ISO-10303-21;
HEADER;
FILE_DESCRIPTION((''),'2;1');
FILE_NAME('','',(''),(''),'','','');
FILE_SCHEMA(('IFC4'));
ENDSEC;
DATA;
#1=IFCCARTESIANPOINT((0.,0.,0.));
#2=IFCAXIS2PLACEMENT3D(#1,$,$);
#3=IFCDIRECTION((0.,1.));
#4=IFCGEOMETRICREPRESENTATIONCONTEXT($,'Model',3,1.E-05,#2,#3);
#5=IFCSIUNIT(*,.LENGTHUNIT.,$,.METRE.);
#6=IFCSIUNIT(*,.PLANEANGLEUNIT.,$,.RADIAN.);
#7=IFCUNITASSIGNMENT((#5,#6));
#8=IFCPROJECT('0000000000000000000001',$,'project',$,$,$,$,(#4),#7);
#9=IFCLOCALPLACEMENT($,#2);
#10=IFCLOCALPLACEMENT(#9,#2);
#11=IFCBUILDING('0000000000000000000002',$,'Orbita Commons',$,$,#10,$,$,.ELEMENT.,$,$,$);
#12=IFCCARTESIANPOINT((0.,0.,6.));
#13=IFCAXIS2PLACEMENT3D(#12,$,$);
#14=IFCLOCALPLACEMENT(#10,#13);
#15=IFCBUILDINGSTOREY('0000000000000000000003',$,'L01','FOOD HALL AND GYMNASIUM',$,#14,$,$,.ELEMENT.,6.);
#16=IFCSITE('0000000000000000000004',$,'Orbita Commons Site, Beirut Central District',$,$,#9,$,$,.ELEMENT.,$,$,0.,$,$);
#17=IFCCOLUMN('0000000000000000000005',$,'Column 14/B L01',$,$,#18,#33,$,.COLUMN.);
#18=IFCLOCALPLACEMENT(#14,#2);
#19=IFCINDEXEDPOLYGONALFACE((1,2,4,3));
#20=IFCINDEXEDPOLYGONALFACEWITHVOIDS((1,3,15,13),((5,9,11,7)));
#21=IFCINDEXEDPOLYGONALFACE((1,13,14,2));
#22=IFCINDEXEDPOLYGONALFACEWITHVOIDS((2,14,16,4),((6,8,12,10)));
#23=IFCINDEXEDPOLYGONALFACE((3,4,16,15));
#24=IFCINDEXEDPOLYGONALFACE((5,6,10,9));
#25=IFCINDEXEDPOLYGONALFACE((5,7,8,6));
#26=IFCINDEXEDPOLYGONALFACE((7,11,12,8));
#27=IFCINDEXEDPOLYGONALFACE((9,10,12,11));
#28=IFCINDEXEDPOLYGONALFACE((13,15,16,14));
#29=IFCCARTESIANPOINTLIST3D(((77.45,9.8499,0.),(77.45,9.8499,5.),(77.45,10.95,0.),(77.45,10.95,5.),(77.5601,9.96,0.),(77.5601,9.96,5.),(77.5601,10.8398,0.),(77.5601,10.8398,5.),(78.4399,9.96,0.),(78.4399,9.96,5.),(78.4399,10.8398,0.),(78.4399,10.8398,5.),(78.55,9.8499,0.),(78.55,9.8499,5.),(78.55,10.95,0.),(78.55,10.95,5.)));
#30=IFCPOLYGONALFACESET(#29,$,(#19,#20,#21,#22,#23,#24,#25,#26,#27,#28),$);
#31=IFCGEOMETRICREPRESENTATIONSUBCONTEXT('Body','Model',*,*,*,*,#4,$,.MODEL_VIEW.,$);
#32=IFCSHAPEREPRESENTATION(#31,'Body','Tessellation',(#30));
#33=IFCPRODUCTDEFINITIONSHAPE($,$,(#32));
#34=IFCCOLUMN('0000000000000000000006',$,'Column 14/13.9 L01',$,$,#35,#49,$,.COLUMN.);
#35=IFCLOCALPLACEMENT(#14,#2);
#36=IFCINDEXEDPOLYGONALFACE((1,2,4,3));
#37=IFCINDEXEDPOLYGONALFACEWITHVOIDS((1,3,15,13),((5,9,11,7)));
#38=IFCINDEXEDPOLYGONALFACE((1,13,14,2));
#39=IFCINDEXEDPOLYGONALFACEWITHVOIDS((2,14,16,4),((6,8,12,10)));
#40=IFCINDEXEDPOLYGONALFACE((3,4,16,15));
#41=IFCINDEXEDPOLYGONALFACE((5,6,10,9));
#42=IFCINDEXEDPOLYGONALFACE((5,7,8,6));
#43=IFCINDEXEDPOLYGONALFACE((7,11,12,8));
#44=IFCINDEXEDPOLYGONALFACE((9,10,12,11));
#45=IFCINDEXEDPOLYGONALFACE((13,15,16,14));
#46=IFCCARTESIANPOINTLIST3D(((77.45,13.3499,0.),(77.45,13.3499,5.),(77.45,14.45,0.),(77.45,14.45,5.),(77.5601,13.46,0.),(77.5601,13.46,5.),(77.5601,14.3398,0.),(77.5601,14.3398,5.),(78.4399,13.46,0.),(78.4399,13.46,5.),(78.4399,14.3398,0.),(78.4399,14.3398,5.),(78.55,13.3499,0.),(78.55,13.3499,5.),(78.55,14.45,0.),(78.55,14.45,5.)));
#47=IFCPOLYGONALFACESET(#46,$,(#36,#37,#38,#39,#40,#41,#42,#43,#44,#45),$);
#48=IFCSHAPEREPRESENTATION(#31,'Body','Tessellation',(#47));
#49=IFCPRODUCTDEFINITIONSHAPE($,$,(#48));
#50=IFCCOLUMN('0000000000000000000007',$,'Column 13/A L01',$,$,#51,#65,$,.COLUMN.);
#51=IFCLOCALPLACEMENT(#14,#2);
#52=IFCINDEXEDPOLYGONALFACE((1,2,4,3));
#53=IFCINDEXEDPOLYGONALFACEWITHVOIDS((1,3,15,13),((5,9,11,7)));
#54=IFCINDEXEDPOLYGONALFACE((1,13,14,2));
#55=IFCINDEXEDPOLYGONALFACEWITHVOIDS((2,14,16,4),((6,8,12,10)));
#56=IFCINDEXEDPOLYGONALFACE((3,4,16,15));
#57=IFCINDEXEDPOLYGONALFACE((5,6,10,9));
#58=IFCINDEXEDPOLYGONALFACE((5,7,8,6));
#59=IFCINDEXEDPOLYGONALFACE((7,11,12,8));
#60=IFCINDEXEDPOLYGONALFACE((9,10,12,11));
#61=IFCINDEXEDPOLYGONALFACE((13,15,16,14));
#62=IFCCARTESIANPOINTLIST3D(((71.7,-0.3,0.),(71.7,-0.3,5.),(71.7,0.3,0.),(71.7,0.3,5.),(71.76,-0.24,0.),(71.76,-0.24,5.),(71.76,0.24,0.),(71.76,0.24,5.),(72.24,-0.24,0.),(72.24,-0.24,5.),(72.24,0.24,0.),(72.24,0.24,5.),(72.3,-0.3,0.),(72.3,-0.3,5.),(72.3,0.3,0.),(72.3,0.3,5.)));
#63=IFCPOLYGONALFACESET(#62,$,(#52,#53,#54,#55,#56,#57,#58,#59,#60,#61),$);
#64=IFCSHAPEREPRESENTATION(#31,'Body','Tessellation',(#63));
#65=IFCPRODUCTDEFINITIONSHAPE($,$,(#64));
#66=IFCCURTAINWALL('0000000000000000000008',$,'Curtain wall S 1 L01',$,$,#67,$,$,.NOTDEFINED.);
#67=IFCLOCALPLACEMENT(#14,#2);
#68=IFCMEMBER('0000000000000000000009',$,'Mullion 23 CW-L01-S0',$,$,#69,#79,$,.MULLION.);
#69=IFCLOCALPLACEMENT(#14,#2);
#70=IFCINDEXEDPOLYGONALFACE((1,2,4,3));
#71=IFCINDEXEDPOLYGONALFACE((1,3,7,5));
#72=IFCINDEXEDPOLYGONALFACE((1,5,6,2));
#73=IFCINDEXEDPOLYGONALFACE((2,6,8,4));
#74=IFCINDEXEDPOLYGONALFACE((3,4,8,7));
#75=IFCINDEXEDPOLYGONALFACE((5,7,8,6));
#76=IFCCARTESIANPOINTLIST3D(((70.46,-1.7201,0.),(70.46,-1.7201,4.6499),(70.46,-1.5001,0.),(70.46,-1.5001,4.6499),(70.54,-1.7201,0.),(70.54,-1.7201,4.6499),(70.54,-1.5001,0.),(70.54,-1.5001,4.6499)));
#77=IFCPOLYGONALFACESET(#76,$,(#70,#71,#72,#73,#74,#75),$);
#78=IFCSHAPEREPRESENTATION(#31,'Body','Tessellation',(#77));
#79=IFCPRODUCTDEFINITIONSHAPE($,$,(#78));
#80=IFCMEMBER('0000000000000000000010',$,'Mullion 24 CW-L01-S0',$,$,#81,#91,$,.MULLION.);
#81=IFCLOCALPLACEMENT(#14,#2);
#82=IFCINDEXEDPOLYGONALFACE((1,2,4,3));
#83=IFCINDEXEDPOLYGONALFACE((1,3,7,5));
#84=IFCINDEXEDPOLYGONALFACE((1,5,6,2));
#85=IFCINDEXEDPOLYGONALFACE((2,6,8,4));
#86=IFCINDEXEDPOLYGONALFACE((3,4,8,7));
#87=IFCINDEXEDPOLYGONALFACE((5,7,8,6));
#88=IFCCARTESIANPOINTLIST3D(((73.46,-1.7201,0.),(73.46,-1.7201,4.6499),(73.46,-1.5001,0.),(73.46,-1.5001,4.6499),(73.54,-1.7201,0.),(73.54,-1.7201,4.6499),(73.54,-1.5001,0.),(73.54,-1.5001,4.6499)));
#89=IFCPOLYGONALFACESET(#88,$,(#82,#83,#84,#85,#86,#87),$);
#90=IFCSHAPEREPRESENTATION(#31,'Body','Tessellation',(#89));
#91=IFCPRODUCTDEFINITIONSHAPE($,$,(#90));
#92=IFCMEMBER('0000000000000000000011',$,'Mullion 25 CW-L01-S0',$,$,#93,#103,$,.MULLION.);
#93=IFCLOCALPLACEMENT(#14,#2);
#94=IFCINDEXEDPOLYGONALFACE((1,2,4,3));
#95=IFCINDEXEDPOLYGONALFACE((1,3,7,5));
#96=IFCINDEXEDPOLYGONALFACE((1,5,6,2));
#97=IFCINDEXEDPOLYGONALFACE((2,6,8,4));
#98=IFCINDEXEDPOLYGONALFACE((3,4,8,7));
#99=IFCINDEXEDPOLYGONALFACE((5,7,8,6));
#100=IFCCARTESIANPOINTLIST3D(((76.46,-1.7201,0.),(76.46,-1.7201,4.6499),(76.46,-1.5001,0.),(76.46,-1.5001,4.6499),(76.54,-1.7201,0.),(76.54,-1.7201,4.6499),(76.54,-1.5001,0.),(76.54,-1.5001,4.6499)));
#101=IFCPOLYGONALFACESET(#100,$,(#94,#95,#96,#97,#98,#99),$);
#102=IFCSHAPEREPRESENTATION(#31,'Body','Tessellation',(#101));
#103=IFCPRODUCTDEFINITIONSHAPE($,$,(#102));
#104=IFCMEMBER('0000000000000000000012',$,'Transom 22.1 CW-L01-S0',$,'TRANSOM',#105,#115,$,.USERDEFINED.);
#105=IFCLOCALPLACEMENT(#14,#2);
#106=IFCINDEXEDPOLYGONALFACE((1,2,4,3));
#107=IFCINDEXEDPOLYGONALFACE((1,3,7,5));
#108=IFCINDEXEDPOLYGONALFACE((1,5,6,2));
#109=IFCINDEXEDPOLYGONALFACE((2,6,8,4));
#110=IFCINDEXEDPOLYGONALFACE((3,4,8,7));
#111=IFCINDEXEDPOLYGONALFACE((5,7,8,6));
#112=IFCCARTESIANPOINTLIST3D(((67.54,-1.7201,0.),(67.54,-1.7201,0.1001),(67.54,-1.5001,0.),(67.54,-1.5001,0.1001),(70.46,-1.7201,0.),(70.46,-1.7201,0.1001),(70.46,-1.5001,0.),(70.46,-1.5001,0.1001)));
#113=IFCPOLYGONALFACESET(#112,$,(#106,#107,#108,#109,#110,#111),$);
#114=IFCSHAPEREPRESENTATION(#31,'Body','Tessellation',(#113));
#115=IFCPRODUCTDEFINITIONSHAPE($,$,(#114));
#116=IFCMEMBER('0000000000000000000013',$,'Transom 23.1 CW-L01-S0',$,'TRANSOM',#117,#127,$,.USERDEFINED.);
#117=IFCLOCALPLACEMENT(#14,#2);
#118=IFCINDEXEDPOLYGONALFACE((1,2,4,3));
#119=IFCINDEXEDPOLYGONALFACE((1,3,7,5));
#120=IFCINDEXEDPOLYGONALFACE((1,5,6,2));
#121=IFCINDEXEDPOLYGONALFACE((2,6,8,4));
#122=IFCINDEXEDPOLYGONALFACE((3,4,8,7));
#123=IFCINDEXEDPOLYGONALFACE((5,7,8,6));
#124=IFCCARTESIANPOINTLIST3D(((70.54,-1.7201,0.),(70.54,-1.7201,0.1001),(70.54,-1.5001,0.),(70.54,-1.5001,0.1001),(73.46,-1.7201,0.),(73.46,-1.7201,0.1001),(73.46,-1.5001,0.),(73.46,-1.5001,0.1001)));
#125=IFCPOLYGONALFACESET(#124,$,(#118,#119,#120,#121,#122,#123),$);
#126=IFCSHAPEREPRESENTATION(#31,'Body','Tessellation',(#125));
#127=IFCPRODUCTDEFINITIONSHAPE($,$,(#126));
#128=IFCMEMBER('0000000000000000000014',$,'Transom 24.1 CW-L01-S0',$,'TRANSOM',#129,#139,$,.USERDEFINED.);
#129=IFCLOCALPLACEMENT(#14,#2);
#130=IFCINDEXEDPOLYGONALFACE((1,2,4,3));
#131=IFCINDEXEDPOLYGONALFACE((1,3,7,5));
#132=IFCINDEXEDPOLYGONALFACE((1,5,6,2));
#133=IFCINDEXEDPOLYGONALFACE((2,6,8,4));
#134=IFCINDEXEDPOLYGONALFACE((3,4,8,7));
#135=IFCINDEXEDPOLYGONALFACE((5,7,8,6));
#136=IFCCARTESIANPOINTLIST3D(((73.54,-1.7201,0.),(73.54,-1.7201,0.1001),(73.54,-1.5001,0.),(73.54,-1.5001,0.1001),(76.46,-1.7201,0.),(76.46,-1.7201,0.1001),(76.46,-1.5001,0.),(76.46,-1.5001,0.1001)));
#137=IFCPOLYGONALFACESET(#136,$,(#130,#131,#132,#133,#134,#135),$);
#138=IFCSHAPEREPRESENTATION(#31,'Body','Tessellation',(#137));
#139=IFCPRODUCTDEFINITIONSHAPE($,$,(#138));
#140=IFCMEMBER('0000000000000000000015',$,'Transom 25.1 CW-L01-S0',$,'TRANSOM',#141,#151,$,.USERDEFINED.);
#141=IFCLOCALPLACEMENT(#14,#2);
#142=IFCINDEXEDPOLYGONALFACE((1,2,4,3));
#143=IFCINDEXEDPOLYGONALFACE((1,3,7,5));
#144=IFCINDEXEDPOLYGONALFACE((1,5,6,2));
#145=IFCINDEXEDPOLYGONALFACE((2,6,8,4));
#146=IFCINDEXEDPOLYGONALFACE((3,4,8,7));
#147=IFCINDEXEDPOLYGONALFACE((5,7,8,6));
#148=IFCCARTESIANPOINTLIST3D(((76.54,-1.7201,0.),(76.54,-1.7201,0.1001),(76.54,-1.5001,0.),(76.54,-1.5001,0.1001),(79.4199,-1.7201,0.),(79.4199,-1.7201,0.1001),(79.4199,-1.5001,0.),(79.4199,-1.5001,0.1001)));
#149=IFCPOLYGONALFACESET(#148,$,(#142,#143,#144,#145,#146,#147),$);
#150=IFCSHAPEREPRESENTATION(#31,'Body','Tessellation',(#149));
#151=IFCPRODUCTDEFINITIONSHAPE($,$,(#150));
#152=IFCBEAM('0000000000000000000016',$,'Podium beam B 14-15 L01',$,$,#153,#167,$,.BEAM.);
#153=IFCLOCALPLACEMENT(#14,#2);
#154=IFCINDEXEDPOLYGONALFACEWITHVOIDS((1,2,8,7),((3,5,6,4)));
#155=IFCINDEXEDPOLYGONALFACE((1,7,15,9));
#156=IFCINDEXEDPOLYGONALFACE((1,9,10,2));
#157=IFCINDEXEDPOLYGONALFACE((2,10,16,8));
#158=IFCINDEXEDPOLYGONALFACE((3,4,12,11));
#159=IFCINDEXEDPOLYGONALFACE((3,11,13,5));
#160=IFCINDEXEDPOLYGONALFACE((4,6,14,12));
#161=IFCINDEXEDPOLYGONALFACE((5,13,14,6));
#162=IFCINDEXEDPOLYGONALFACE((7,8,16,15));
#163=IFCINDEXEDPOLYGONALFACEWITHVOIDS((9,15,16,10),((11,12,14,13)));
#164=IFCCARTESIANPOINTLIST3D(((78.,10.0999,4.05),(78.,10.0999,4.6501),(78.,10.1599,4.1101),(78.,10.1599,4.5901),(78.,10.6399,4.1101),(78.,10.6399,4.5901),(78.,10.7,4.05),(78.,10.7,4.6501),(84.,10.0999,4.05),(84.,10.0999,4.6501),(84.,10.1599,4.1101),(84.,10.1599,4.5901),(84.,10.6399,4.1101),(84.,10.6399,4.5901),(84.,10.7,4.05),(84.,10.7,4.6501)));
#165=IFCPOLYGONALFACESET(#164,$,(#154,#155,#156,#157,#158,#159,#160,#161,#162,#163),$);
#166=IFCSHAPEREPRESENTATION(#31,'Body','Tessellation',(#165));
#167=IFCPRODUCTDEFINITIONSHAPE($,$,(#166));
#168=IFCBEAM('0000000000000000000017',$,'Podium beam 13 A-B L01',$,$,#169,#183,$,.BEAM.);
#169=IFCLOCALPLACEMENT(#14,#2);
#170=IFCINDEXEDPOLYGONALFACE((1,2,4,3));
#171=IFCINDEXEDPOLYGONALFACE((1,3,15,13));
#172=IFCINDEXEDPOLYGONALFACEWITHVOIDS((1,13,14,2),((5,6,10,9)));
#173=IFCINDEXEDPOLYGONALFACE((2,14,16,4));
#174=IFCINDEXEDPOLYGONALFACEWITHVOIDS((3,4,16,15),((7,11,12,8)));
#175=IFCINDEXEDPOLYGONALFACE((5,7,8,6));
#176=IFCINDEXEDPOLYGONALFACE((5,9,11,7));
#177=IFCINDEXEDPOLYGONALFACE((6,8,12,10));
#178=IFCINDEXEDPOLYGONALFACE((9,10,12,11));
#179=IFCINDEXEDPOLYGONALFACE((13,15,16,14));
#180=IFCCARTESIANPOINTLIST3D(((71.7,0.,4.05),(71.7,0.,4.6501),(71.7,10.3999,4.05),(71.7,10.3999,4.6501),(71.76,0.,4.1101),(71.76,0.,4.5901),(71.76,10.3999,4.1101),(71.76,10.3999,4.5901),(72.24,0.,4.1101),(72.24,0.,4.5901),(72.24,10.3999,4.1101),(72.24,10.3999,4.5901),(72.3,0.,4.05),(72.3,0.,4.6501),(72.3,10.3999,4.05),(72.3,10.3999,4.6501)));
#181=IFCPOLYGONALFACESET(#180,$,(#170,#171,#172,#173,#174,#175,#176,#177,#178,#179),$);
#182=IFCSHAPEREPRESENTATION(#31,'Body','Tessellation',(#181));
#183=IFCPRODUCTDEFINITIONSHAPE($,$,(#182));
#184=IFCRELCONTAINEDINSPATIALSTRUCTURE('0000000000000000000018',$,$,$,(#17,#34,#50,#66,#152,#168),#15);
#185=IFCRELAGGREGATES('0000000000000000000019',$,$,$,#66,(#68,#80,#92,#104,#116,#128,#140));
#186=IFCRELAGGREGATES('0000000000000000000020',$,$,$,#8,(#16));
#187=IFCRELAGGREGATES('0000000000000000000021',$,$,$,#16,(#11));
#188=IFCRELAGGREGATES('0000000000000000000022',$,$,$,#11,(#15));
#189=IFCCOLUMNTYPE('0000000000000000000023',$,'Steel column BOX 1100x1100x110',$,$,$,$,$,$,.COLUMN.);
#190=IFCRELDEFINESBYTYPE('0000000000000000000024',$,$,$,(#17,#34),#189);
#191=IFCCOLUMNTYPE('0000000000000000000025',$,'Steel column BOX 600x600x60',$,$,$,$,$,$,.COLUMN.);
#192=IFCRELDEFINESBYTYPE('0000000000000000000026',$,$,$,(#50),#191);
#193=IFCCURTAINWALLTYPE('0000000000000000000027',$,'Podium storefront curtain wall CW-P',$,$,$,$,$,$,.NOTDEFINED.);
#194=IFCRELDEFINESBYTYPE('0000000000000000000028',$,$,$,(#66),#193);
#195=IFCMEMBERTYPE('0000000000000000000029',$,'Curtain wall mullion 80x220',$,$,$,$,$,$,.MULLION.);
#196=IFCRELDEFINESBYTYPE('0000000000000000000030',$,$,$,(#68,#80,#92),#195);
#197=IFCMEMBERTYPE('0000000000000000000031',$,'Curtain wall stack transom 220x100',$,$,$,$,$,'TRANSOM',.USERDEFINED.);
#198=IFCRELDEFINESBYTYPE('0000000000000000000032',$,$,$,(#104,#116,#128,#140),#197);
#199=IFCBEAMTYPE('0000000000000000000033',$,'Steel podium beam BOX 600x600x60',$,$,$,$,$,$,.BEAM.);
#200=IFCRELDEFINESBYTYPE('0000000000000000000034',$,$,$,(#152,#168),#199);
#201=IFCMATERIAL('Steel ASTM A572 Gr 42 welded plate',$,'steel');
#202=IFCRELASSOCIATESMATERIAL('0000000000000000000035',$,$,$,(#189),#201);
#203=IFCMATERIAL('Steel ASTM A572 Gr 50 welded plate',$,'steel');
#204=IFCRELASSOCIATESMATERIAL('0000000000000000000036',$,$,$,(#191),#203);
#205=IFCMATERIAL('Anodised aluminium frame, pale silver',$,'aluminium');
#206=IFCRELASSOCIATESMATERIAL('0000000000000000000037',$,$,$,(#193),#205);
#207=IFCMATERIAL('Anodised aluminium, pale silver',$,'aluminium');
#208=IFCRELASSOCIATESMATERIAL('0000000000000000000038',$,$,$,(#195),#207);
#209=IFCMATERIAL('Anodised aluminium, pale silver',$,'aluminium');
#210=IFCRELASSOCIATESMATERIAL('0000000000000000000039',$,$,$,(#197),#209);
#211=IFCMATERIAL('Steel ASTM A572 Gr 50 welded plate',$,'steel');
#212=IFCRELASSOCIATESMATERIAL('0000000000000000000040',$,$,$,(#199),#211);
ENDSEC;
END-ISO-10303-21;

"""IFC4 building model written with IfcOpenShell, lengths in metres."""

from ifc_helpers import new_model, si_unit, direction, frame, origin, origin_2d, place, context, subcontext, project, spatial, rectangle, hollow_rectangle, extrude, material, material_profile, profile_set, type_object, element, aggregate, save


model = new_model("IFC4")

# Units and contexts
model_context = context("Model", 3, precision=1e-05, world=origin(), true_north=direction((0.0, 1.0)))
body_context = subcontext(model_context, "Body", "Model", "MODEL_VIEW")
ifc_project = project(units=[si_unit("LENGTHUNIT", "METRE"), si_unit("PLANEANGLEUNIT", "RADIAN")], contexts=[model_context])

# Site, building, storey
site_placement = place(None, origin())
site = spatial("IfcSite", under=ifc_project, at=site_placement, Name="Orbita Commons Site, Beirut Central District", CompositionType="ELEMENT", RefElevation=0.0)
building_placement = place(site_placement, origin())
building = spatial("IfcBuilding", under=site, at=building_placement, Name="Orbita Commons", CompositionType="ELEMENT")
storey_placement = place(building_placement, frame((0.0, 0.0, 6.0)))
storey = spatial("IfcBuildingStorey", under=building, at=storey_placement, Name="L01", Description="FOOD HALL AND GYMNASIUM", CompositionType="ELEMENT", Elevation=6.0)

# Columns
ifc_material_1 = material(Name="Steel ASTM A572 Gr 42 welded plate", Category="steel")
ifc_material_profile_1 = material_profile(ifc_material_1, hollow_rectangle(XDim=1.1001, YDim=1.1001, WallThickness=0.1101, at=origin_2d()), Name="BOX 1100x1100x110")
ifc_profile_set_1 = profile_set([ifc_material_profile_1], Name="Steel ASTM A572 Gr 42 welded plate")
column_type_1 = type_object("IfcColumnType", Name="Steel column BOX 1100x1100x110", PredefinedType="COLUMN", material=ifc_profile_set_1)
for number, where, z_axis, x_axis, name in (
    (1, (78.0, 10.3999, 0.0), (0.0, 0.0, 1.0), (1.0, 0.0, 0.0), "Column 14/B L01"),
    (2, (78.0, 13.8999, 0.0), (0.0, 0.0, 1.0), (1.0, 0.0, 0.0), "Column 14/13.9 L01"),
):
    element("IfcColumn", number, at=place(storey_placement, frame(where, z_axis=z_axis, x_axis=x_axis)), inside=storey, type_object=column_type_1, Name=name, PredefinedType="COLUMN", context=body_context, shape_type="SweptSolid", body=[
        extrude(hollow_rectangle(XDim=1.1001, YDim=1.1001, WallThickness=0.1101, at=origin_2d()), origin(), (0.0, 0.0, 1.0), 5.0),
    ])
ifc_material_2 = material(Name="Steel ASTM A572 Gr 50 welded plate", Category="steel")
ifc_material_profile_2 = material_profile(ifc_material_2, hollow_rectangle(XDim=0.6001, YDim=0.6001, WallThickness=0.0601, at=origin_2d()), Name="BOX 600x600x60")
ifc_profile_set_2 = profile_set([ifc_material_profile_2], Name="Steel ASTM A572 Gr 50 welded plate")
column_type_2 = type_object("IfcColumnType", Name="Steel column BOX 600x600x60", PredefinedType="COLUMN", material=ifc_profile_set_2)
column_placement = place(storey_placement, frame((72.0, 0.0, 0.0), z_axis=(0.0, 0.0, 1.0), x_axis=(1.0, 0.0, 0.0)))
element("IfcColumn", 3, at=column_placement, inside=storey, type_object=column_type_2, Name="Column 13/A L01", PredefinedType="COLUMN", context=body_context, shape_type="SweptSolid", body=[
    extrude(hollow_rectangle(XDim=0.6001, YDim=0.6001, WallThickness=0.0601, at=origin_2d()), origin(), (0.0, 0.0, 1.0), 5.0),
])

# Curtain wall, members
ifc_material_3 = material(Name="Anodised aluminium frame, pale silver", Category="aluminium")
curtain_wall_type = type_object("IfcCurtainWallType", Name="Podium storefront curtain wall CW-P", PredefinedType="NOTDEFINED", material=ifc_material_3)
curtain_wall_placement = place(storey_placement, origin())
curtain_wall = element("IfcCurtainWall", 4, at=curtain_wall_placement, inside=storey, type_object=curtain_wall_type, Name="Curtain wall S 1 L01", PredefinedType="NOTDEFINED")
ifc_material_4 = material(Name="Anodised aluminium, pale silver", Category="aluminium")
ifc_material_profile_3 = material_profile(ifc_material_4, rectangle(XDim=0.0801, YDim=0.22, at=origin_2d()), Name="AL 80x220")
ifc_profile_set_3 = profile_set([ifc_material_profile_3], Name="Anodised aluminium, pale silver")
member_type_1 = type_object("IfcMemberType", Name="Curtain wall mullion 80x220", PredefinedType="MULLION", material=ifc_profile_set_3)
member_1_placement = place(storey_placement, frame((70.5, -1.6101, 0.0), z_axis=(0.0, 0.0, 1.0), x_axis=(1.0, 0.0, 0.0)))
member_1 = element("IfcMember", 5, at=member_1_placement, type_object=member_type_1, Name="Mullion 23 CW-L01-S0", PredefinedType="MULLION", context=body_context, shape_type="SweptSolid", body=[
    extrude(rectangle(XDim=0.0801, YDim=0.22, at=origin_2d()), origin(), (0.0, 0.0, 1.0), 4.6499),
])
member_2_placement = place(storey_placement, frame((73.5, -1.6101, 0.0), z_axis=(0.0, 0.0, 1.0), x_axis=(1.0, 0.0, 0.0)))
member_2 = element("IfcMember", 6, at=member_2_placement, type_object=member_type_1, Name="Mullion 24 CW-L01-S0", PredefinedType="MULLION", context=body_context, shape_type="SweptSolid", body=[
    extrude(rectangle(XDim=0.0801, YDim=0.22, at=origin_2d()), origin(), (0.0, 0.0, 1.0), 4.6499),
])
member_3_placement = place(storey_placement, frame((76.5, -1.6101, 0.0), z_axis=(0.0, 0.0, 1.0), x_axis=(1.0, 0.0, 0.0)))
member_3 = element("IfcMember", 7, at=member_3_placement, type_object=member_type_1, Name="Mullion 25 CW-L01-S0", PredefinedType="MULLION", context=body_context, shape_type="SweptSolid", body=[
    extrude(rectangle(XDim=0.0801, YDim=0.22, at=origin_2d()), origin(), (0.0, 0.0, 1.0), 4.6499),
])
ifc_material_5 = material(Name="Anodised aluminium, pale silver", Category="aluminium")
ifc_material_profile_4 = material_profile(ifc_material_5, rectangle(XDim=0.22, YDim=0.1001, at=origin_2d()), Name="AL 220x100")
ifc_profile_set_4 = profile_set([ifc_material_profile_4], Name="Anodised aluminium, pale silver")
member_type_2 = type_object("IfcMemberType", Name="Curtain wall stack transom 220x100", ElementType="TRANSOM", PredefinedType="USERDEFINED", material=ifc_profile_set_4)
member_4_placement = place(storey_placement, frame((67.54, -1.6101, 0.05), z_axis=(1.0, 0.0, 0.0), x_axis=(0.0, 1.0, 0.0)))
member_4 = element("IfcMember", 8, at=member_4_placement, type_object=member_type_2, Name="Transom 22.1 CW-L01-S0", ObjectType="TRANSOM", PredefinedType="USERDEFINED", context=body_context, shape_type="SweptSolid", body=[
    extrude(rectangle(XDim=0.22, YDim=0.1001, at=origin_2d()), origin(), (0.0, 0.0, 1.0), 2.9199),
])
member_5_placement = place(storey_placement, frame((70.54, -1.6101, 0.05), z_axis=(1.0, 0.0, 0.0), x_axis=(0.0, 1.0, 0.0)))
member_5 = element("IfcMember", 9, at=member_5_placement, type_object=member_type_2, Name="Transom 23.1 CW-L01-S0", ObjectType="TRANSOM", PredefinedType="USERDEFINED", context=body_context, shape_type="SweptSolid", body=[
    extrude(rectangle(XDim=0.22, YDim=0.1001, at=origin_2d()), origin(), (0.0, 0.0, 1.0), 2.9199),
])
member_6_placement = place(storey_placement, frame((73.54, -1.6101, 0.05), z_axis=(1.0, 0.0, 0.0), x_axis=(0.0, 1.0, 0.0)))
member_6 = element("IfcMember", 10, at=member_6_placement, type_object=member_type_2, Name="Transom 24.1 CW-L01-S0", ObjectType="TRANSOM", PredefinedType="USERDEFINED", context=body_context, shape_type="SweptSolid", body=[
    extrude(rectangle(XDim=0.22, YDim=0.1001, at=origin_2d()), origin(), (0.0, 0.0, 1.0), 2.9199),
])
member_7_placement = place(storey_placement, frame((76.54, -1.6101, 0.05), z_axis=(1.0, 0.0, 0.0), x_axis=(0.0, 1.0, 0.0)))
member_7 = element("IfcMember", 11, at=member_7_placement, type_object=member_type_2, Name="Transom 25.1 CW-L01-S0", ObjectType="TRANSOM", PredefinedType="USERDEFINED", context=body_context, shape_type="SweptSolid", body=[
    extrude(rectangle(XDim=0.22, YDim=0.1001, at=origin_2d()), origin(), (0.0, 0.0, 1.0), 2.8799),
])

# Beams
ifc_material_6 = material(Name="Steel ASTM A572 Gr 50 welded plate", Category="steel")
ifc_material_profile_5 = material_profile(ifc_material_6, hollow_rectangle(XDim=0.6001, YDim=0.6001, WallThickness=0.0601, at=origin_2d()), Name="BOX 600x600x60")
ifc_profile_set_5 = profile_set([ifc_material_profile_5], Name="Steel ASTM A572 Gr 50 welded plate")
beam_type = type_object("IfcBeamType", Name="Steel podium beam BOX 600x600x60", PredefinedType="BEAM", material=ifc_profile_set_5)
beam_1_placement = place(storey_placement, frame((78.0, 10.3999, 4.3501), z_axis=(1.0, 0.0, 0.0), x_axis=(0.0, 1.0, 0.0)))
element("IfcBeam", 12, at=beam_1_placement, inside=storey, type_object=beam_type, Name="Podium beam B 14-15 L01", PredefinedType="BEAM", context=body_context, shape_type="SweptSolid", body=[
    extrude(hollow_rectangle(XDim=0.6001, YDim=0.6001, WallThickness=0.0601, at=origin_2d()), origin(), (0.0, 0.0, 1.0), 6.0),
])
beam_2_placement = place(storey_placement, frame((72.0, 0.0, 4.3501), z_axis=(0.0, 1.0, 0.0), x_axis=(-1.0, 0.0, 0.0)))
element("IfcBeam", 13, at=beam_2_placement, inside=storey, type_object=beam_type, Name="Podium beam 13 A-B L01", PredefinedType="BEAM", context=body_context, shape_type="SweptSolid", body=[
    extrude(hollow_rectangle(XDim=0.6001, YDim=0.6001, WallThickness=0.0601, at=origin_2d()), origin(), (0.0, 0.0, 1.0), 10.3999),
])

aggregate(curtain_wall, [member_1, member_2, member_3, member_4, member_5, member_6, member_7])

save(model, "model.ifc")
